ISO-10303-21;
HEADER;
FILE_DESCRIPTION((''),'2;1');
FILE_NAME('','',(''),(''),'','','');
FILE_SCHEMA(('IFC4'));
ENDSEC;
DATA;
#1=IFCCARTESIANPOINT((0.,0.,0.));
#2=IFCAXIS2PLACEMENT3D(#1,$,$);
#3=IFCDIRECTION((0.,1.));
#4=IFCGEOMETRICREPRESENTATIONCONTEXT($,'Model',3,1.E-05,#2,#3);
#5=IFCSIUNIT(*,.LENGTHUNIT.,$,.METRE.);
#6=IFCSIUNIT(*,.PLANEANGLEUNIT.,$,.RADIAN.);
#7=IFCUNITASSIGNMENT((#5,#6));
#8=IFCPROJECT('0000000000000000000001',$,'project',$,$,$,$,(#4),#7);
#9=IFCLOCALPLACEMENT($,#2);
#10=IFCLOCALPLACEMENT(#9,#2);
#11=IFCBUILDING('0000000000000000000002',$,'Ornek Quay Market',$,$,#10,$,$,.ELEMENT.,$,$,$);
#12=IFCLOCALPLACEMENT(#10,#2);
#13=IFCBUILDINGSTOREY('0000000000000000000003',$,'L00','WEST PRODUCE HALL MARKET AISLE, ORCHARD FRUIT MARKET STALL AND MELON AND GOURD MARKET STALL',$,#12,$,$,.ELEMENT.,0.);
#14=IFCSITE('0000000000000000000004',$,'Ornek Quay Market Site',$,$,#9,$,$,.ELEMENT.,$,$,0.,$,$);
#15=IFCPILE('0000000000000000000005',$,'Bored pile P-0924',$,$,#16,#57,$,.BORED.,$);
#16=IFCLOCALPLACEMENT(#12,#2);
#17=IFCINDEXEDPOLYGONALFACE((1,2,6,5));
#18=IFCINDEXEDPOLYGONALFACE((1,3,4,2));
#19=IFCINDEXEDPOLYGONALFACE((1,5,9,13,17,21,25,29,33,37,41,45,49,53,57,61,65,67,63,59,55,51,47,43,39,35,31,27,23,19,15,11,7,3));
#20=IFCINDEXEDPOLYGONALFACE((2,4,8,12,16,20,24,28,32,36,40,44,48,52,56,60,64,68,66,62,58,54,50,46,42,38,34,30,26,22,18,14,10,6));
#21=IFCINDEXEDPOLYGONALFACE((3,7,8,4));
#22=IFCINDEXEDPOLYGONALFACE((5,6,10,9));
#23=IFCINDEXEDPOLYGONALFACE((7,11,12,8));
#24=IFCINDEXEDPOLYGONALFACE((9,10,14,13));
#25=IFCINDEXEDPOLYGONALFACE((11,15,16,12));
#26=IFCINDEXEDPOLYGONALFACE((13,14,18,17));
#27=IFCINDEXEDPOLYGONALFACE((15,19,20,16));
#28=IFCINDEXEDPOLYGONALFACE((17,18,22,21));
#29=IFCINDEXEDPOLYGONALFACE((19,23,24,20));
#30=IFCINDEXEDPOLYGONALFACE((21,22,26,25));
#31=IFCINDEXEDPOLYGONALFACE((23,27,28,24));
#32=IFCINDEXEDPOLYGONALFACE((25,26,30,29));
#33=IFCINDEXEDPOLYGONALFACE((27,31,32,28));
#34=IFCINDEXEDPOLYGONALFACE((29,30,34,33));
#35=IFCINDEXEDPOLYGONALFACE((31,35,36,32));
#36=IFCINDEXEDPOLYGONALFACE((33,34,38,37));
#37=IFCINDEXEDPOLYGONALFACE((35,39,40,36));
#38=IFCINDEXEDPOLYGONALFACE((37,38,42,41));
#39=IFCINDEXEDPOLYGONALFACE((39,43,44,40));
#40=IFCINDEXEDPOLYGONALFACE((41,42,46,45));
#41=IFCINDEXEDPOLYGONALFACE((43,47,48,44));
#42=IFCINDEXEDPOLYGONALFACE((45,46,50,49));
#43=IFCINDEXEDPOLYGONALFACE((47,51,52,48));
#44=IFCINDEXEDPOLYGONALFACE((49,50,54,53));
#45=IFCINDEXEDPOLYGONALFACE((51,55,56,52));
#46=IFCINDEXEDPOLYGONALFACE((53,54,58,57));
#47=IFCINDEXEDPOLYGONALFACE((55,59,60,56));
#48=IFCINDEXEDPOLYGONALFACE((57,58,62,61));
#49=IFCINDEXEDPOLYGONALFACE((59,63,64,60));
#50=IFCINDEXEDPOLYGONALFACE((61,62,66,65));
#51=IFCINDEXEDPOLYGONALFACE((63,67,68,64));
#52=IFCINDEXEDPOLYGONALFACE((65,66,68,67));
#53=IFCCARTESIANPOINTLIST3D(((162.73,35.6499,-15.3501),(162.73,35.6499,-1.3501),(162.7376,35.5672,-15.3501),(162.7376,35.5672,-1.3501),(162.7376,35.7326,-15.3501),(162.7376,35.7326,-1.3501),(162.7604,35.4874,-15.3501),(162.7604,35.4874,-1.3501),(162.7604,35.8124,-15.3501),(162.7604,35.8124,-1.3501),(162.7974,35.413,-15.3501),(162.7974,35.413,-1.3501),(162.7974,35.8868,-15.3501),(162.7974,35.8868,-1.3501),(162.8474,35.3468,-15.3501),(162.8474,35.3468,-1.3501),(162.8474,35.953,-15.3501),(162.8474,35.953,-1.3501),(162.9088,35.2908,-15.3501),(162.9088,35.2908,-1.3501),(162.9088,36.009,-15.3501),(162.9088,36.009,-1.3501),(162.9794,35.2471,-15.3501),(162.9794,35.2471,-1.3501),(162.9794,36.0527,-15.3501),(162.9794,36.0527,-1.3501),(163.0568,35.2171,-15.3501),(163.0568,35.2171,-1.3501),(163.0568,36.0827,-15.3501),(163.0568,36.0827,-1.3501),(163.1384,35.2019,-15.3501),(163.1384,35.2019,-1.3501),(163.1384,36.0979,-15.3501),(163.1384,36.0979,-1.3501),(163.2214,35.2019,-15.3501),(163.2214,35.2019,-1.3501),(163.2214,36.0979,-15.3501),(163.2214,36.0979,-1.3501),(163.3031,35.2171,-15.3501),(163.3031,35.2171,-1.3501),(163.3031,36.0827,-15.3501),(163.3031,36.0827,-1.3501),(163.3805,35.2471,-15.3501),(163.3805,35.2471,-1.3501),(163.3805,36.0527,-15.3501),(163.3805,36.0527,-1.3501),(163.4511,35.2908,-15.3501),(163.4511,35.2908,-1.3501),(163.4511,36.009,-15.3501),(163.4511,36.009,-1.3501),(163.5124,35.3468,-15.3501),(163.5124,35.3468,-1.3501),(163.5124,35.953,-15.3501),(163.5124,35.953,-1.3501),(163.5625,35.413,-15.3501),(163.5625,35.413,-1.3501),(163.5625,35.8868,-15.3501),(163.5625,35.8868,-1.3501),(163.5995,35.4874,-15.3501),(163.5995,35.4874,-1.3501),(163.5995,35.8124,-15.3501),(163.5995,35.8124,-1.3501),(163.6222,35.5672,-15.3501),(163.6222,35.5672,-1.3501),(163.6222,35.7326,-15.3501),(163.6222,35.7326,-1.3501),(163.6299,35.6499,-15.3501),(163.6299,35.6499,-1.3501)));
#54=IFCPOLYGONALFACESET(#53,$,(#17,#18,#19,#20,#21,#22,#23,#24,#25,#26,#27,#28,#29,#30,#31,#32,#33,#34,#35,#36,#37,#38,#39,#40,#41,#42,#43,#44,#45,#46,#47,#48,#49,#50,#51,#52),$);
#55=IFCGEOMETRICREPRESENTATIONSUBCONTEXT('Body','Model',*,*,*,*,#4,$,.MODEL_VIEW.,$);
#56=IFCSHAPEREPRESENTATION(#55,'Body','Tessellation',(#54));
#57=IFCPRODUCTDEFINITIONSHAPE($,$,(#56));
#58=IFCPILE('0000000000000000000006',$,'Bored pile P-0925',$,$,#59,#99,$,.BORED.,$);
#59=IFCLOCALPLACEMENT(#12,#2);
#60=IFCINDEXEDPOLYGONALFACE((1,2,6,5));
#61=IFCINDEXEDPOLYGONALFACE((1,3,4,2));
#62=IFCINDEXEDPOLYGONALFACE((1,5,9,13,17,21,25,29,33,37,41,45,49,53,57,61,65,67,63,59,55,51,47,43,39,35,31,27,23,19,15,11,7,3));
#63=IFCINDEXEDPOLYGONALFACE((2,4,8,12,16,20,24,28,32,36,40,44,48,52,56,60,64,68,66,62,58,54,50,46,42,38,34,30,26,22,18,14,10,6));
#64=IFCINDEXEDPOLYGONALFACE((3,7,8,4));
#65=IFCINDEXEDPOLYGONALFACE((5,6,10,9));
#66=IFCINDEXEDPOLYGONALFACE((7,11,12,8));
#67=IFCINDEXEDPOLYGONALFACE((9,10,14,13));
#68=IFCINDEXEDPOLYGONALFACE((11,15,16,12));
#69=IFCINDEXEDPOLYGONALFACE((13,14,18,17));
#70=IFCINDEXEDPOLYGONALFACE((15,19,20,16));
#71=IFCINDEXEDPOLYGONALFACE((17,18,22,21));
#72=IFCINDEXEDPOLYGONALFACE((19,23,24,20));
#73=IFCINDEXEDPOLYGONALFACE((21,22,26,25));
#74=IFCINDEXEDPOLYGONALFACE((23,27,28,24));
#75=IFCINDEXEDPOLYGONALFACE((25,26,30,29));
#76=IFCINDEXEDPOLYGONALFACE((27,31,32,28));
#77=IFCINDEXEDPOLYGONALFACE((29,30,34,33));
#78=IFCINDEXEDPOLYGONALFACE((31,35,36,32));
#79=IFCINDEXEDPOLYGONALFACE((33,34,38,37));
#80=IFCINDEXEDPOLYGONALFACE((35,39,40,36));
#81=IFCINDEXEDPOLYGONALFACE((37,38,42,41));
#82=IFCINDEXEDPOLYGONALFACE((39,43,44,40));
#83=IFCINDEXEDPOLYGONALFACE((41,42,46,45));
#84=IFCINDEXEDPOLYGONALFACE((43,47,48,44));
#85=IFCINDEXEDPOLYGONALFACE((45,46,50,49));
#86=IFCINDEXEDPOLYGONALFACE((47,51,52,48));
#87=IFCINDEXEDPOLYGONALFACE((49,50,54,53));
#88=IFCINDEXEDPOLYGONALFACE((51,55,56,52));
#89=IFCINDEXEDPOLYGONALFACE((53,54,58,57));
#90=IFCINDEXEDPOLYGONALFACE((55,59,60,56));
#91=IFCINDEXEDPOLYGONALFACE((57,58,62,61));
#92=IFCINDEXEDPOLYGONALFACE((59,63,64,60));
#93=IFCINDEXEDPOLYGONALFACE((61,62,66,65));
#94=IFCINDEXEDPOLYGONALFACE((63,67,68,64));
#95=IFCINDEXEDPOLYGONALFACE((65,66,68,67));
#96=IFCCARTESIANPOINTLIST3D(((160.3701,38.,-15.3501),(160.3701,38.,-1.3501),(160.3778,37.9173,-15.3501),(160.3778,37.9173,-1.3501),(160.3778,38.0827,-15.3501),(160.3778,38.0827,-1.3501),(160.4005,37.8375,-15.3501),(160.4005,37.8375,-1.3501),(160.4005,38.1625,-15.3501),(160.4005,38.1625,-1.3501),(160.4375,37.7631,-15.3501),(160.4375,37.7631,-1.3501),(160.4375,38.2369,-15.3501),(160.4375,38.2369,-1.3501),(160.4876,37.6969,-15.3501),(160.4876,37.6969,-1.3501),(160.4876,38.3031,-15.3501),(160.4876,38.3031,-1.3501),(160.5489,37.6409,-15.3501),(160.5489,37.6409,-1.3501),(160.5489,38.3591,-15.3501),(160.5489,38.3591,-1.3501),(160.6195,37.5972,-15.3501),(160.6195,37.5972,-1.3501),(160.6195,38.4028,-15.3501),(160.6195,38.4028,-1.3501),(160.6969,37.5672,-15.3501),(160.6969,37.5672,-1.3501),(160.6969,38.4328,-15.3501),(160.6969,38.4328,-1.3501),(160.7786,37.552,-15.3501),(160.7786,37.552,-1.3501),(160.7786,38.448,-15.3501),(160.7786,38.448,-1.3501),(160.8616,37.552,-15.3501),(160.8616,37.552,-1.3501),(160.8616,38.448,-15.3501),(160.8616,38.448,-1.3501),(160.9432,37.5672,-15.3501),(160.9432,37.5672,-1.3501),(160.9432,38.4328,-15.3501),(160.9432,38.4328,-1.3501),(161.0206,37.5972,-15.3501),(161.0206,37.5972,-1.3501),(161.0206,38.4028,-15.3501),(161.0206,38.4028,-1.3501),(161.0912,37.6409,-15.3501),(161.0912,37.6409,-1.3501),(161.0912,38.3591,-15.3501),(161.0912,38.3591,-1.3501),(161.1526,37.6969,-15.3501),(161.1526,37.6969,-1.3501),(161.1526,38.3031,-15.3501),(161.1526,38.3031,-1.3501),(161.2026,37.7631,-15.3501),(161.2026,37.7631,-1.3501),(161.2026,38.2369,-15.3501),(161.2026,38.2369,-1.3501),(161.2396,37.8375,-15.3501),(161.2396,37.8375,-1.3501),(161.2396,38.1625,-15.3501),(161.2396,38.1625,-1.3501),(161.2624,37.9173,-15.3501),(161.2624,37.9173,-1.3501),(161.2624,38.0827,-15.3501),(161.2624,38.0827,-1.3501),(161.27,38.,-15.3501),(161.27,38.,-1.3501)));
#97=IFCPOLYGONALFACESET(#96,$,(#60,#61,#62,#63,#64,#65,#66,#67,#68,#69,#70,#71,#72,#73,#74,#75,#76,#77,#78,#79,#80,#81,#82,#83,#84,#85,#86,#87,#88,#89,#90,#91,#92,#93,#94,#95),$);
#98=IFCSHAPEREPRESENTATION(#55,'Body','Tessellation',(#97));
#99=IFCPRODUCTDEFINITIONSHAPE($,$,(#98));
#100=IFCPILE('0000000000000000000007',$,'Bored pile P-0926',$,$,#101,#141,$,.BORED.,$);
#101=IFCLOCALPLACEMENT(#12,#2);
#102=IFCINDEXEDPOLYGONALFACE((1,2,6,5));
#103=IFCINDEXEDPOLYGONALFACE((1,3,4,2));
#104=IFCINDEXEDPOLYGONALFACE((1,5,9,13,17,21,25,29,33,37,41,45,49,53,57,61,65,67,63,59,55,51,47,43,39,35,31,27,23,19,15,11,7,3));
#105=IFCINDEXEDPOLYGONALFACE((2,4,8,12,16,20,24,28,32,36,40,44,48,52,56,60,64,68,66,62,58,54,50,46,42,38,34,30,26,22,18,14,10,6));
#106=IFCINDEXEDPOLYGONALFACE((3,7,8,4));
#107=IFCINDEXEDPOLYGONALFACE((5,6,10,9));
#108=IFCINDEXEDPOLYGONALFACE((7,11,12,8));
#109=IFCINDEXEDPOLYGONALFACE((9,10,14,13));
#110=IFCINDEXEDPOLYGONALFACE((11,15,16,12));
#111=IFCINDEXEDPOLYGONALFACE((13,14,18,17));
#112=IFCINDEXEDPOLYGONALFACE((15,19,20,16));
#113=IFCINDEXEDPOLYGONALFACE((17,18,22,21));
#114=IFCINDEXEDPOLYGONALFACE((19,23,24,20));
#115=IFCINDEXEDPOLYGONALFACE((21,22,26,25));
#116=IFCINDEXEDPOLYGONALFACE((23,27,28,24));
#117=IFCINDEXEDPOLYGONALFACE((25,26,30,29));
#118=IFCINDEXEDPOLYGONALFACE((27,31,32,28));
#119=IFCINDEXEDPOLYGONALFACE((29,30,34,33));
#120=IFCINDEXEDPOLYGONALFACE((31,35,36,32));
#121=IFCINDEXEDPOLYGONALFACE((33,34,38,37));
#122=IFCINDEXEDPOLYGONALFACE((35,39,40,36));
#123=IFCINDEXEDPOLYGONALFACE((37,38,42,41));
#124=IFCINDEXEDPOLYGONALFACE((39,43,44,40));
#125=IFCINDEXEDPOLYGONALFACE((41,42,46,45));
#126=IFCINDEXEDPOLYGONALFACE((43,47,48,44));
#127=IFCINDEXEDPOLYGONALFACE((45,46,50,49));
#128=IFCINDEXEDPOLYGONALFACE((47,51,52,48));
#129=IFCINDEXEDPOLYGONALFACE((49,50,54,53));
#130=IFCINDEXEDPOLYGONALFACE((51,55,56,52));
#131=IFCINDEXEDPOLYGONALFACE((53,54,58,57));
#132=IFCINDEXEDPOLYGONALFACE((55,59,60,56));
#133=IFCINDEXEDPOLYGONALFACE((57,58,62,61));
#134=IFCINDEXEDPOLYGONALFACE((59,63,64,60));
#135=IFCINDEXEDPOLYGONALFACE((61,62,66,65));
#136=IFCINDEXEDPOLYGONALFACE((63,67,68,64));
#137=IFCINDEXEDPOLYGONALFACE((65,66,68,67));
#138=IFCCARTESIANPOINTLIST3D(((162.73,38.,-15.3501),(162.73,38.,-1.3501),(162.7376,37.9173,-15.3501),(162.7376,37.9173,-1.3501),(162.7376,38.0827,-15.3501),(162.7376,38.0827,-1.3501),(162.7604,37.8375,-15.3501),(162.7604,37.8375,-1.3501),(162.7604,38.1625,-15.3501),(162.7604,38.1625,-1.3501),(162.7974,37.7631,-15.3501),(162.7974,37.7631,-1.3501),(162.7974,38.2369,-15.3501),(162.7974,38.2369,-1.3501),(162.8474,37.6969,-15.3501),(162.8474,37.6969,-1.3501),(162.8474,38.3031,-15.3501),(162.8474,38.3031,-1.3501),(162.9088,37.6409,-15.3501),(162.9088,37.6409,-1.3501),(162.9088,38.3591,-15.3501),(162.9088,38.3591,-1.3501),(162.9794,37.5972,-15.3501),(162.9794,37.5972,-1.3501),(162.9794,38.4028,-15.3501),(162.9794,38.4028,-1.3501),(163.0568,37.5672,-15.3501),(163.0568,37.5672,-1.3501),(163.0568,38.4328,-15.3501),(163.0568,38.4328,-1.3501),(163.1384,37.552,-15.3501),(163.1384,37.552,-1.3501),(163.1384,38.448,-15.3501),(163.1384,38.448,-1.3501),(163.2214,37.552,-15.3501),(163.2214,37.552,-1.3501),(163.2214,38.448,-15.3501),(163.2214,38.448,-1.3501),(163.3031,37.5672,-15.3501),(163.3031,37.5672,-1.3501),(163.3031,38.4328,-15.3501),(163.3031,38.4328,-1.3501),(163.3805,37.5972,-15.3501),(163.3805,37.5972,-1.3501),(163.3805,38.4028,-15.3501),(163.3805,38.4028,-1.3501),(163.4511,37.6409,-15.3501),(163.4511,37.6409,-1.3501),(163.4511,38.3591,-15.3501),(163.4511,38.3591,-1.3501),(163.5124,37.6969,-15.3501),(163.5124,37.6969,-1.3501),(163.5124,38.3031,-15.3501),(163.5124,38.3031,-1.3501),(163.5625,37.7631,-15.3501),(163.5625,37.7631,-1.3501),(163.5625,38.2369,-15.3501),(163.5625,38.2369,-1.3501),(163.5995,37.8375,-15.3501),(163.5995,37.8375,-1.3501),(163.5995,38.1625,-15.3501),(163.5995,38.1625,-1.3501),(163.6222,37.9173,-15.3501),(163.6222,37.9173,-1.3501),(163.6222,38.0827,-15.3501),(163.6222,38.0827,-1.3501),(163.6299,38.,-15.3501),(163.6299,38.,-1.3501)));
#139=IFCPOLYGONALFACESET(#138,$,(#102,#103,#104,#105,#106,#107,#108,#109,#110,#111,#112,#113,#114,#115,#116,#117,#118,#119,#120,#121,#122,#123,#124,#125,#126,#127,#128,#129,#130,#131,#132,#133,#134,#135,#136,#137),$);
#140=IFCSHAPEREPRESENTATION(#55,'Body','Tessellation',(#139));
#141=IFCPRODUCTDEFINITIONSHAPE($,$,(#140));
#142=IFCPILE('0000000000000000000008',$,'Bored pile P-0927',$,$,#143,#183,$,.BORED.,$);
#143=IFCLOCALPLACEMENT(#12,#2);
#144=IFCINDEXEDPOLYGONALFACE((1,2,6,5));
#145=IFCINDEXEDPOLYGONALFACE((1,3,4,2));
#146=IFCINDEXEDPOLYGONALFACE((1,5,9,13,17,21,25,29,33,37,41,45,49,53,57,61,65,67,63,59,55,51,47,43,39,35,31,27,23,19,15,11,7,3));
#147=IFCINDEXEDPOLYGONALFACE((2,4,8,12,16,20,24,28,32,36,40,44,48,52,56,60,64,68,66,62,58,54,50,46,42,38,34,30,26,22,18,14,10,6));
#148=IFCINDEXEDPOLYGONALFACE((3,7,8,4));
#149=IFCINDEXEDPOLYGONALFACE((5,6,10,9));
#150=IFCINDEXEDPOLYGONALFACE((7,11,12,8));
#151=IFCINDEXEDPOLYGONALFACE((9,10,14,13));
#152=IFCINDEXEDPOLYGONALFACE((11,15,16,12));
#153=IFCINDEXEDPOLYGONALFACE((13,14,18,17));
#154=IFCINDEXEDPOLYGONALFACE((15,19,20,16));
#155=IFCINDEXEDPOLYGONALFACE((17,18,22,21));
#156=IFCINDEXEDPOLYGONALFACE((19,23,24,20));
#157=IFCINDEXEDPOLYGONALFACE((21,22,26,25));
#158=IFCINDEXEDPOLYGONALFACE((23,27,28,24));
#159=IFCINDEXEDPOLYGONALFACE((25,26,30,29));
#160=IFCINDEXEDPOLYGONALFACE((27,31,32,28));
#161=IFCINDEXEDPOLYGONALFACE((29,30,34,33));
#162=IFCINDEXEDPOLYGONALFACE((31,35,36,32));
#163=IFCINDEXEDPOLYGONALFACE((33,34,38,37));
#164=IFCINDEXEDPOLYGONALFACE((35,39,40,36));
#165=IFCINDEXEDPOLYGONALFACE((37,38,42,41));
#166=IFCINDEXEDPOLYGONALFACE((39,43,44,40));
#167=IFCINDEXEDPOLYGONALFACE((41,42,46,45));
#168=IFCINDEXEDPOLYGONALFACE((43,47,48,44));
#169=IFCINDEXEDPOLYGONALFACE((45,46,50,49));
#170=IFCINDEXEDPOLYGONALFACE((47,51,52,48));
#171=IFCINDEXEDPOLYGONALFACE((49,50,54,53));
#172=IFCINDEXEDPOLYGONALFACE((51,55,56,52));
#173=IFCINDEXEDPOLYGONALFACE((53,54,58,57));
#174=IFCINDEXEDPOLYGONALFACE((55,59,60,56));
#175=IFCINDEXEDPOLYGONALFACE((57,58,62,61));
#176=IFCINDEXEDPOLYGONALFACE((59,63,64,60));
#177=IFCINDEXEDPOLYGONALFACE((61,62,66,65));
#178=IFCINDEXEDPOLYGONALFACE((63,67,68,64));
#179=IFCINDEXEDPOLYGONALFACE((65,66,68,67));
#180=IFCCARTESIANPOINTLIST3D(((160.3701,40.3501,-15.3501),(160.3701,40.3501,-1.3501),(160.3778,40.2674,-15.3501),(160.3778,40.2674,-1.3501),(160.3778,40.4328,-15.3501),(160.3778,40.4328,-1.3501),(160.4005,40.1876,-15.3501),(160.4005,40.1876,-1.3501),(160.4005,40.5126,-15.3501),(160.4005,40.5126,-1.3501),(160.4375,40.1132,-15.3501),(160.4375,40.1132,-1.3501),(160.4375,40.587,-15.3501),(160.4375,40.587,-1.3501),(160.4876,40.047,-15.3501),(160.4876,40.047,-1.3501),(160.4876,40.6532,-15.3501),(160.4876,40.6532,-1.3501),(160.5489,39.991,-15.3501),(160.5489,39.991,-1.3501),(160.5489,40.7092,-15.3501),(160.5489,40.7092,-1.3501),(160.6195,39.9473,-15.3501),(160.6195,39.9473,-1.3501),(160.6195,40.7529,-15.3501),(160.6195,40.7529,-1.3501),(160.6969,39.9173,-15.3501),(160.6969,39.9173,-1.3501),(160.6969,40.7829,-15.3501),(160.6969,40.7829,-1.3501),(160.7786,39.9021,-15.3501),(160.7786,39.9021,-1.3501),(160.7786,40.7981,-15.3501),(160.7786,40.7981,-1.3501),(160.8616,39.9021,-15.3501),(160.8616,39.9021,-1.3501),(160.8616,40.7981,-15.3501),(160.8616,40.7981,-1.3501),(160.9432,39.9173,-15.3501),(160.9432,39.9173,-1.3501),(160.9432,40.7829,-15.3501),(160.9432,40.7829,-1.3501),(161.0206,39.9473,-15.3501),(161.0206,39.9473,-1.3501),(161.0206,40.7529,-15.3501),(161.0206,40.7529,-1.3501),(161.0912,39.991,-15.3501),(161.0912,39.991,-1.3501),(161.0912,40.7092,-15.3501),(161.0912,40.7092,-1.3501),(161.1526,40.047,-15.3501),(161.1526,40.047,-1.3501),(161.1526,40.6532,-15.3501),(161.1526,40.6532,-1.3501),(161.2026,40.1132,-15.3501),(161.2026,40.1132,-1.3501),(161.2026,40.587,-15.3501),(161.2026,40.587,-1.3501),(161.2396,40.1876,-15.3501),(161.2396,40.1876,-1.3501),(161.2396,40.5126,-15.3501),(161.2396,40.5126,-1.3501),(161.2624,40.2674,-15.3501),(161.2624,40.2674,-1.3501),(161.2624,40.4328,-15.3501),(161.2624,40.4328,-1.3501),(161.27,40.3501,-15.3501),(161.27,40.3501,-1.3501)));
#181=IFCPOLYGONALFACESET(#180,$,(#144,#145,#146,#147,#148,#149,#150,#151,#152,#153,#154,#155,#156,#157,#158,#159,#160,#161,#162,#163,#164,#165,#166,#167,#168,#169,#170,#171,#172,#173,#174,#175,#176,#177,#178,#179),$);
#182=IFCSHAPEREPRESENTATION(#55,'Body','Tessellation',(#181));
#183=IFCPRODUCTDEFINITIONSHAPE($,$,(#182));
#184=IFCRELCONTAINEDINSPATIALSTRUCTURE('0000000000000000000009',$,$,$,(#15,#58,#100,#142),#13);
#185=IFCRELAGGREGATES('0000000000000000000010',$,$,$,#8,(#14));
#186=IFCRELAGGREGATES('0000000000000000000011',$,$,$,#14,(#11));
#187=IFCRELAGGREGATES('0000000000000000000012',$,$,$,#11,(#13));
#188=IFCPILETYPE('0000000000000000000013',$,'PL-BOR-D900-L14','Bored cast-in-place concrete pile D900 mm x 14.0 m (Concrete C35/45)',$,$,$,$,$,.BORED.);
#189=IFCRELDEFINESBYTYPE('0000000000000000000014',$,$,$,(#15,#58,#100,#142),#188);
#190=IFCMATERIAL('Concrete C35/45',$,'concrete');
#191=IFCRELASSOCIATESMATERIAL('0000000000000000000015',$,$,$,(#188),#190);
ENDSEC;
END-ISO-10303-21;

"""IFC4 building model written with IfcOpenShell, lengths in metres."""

from ifc_helpers import new_model, si_unit, direction, frame, origin, origin_2d, place, context, subcontext, project, spatial, circle, extrude, material, material_profile, profile_set, type_object, element, save


model = new_model("IFC4")

# Units and contexts
model_context = context("Model", 3, precision=1e-05, world=origin(), true_north=direction((0.0, 1.0)))
body_context = subcontext(model_context, "Body", "Model", "MODEL_VIEW")
ifc_project = project(units=[si_unit("LENGTHUNIT", "METRE"), si_unit("PLANEANGLEUNIT", "RADIAN")], contexts=[model_context])

# Site, building, storey
site_placement = place(None, origin())
site = spatial("IfcSite", under=ifc_project, at=site_placement, Name="Ornek Quay Market Site", CompositionType="ELEMENT", RefElevation=0.0)
building_placement = place(site_placement, origin())
building = spatial("IfcBuilding", under=site, at=building_placement, Name="Ornek Quay Market", CompositionType="ELEMENT")
storey_placement = place(building_placement, origin())
storey = spatial("IfcBuildingStorey", under=building, at=storey_placement, Name="L00", Description="WEST PRODUCE HALL MARKET AISLE, ORCHARD FRUIT MARKET STALL AND MELON AND GOURD MARKET STALL", CompositionType="ELEMENT", Elevation=0.0)

# Piles
ifc_material_1 = material(Name="Concrete C35/45", Category="concrete")
ifc_material_profile_1 = material_profile(ifc_material_1, circle(Radius=0.45, at=origin_2d()), Name="PILE D900", Category="concrete")
ifc_profile_set_1 = profile_set([ifc_material_profile_1], Name="Concrete C35/45")
pile_type = type_object("IfcPileType", Name="PL-BOR-D900-L14", Description="Bored cast-in-place concrete pile D900 mm x 14.0 m (Concrete C35/45)", PredefinedType="BORED", material=ifc_profile_set_1)
for number, where, z_axis, x_axis, name in (
    (1, (163.1799, 35.6499, -1.3501), (0.0, 0.0, -1.0), (1.0, 0.0, 0.0), "Bored pile P-0924"),
    (2, (160.8201, 38.0, -1.3501), (0.0, 0.0, -1.0), (1.0, 0.0, 0.0), "Bored pile P-0925"),
    (3, (163.1799, 38.0, -1.3501), (0.0, 0.0, -1.0), (1.0, 0.0, 0.0), "Bored pile P-0926"),
    (4, (160.8201, 40.3501, -1.3501), (0.0, 0.0, -1.0), (1.0, 0.0, 0.0), "Bored pile P-0927"),
):
    element("IfcPile", number, at=place(storey_placement, frame(where, z_axis=z_axis, x_axis=x_axis)), inside=storey, type_object=pile_type, Name=name, PredefinedType="BORED", context=body_context, shape_type="SweptSolid", body=[
        extrude(circle(Radius=0.45, at=origin_2d()), origin(), (0.0, 0.0, 1.0), 14.0),
    ])

save(model, "model.ifc")
